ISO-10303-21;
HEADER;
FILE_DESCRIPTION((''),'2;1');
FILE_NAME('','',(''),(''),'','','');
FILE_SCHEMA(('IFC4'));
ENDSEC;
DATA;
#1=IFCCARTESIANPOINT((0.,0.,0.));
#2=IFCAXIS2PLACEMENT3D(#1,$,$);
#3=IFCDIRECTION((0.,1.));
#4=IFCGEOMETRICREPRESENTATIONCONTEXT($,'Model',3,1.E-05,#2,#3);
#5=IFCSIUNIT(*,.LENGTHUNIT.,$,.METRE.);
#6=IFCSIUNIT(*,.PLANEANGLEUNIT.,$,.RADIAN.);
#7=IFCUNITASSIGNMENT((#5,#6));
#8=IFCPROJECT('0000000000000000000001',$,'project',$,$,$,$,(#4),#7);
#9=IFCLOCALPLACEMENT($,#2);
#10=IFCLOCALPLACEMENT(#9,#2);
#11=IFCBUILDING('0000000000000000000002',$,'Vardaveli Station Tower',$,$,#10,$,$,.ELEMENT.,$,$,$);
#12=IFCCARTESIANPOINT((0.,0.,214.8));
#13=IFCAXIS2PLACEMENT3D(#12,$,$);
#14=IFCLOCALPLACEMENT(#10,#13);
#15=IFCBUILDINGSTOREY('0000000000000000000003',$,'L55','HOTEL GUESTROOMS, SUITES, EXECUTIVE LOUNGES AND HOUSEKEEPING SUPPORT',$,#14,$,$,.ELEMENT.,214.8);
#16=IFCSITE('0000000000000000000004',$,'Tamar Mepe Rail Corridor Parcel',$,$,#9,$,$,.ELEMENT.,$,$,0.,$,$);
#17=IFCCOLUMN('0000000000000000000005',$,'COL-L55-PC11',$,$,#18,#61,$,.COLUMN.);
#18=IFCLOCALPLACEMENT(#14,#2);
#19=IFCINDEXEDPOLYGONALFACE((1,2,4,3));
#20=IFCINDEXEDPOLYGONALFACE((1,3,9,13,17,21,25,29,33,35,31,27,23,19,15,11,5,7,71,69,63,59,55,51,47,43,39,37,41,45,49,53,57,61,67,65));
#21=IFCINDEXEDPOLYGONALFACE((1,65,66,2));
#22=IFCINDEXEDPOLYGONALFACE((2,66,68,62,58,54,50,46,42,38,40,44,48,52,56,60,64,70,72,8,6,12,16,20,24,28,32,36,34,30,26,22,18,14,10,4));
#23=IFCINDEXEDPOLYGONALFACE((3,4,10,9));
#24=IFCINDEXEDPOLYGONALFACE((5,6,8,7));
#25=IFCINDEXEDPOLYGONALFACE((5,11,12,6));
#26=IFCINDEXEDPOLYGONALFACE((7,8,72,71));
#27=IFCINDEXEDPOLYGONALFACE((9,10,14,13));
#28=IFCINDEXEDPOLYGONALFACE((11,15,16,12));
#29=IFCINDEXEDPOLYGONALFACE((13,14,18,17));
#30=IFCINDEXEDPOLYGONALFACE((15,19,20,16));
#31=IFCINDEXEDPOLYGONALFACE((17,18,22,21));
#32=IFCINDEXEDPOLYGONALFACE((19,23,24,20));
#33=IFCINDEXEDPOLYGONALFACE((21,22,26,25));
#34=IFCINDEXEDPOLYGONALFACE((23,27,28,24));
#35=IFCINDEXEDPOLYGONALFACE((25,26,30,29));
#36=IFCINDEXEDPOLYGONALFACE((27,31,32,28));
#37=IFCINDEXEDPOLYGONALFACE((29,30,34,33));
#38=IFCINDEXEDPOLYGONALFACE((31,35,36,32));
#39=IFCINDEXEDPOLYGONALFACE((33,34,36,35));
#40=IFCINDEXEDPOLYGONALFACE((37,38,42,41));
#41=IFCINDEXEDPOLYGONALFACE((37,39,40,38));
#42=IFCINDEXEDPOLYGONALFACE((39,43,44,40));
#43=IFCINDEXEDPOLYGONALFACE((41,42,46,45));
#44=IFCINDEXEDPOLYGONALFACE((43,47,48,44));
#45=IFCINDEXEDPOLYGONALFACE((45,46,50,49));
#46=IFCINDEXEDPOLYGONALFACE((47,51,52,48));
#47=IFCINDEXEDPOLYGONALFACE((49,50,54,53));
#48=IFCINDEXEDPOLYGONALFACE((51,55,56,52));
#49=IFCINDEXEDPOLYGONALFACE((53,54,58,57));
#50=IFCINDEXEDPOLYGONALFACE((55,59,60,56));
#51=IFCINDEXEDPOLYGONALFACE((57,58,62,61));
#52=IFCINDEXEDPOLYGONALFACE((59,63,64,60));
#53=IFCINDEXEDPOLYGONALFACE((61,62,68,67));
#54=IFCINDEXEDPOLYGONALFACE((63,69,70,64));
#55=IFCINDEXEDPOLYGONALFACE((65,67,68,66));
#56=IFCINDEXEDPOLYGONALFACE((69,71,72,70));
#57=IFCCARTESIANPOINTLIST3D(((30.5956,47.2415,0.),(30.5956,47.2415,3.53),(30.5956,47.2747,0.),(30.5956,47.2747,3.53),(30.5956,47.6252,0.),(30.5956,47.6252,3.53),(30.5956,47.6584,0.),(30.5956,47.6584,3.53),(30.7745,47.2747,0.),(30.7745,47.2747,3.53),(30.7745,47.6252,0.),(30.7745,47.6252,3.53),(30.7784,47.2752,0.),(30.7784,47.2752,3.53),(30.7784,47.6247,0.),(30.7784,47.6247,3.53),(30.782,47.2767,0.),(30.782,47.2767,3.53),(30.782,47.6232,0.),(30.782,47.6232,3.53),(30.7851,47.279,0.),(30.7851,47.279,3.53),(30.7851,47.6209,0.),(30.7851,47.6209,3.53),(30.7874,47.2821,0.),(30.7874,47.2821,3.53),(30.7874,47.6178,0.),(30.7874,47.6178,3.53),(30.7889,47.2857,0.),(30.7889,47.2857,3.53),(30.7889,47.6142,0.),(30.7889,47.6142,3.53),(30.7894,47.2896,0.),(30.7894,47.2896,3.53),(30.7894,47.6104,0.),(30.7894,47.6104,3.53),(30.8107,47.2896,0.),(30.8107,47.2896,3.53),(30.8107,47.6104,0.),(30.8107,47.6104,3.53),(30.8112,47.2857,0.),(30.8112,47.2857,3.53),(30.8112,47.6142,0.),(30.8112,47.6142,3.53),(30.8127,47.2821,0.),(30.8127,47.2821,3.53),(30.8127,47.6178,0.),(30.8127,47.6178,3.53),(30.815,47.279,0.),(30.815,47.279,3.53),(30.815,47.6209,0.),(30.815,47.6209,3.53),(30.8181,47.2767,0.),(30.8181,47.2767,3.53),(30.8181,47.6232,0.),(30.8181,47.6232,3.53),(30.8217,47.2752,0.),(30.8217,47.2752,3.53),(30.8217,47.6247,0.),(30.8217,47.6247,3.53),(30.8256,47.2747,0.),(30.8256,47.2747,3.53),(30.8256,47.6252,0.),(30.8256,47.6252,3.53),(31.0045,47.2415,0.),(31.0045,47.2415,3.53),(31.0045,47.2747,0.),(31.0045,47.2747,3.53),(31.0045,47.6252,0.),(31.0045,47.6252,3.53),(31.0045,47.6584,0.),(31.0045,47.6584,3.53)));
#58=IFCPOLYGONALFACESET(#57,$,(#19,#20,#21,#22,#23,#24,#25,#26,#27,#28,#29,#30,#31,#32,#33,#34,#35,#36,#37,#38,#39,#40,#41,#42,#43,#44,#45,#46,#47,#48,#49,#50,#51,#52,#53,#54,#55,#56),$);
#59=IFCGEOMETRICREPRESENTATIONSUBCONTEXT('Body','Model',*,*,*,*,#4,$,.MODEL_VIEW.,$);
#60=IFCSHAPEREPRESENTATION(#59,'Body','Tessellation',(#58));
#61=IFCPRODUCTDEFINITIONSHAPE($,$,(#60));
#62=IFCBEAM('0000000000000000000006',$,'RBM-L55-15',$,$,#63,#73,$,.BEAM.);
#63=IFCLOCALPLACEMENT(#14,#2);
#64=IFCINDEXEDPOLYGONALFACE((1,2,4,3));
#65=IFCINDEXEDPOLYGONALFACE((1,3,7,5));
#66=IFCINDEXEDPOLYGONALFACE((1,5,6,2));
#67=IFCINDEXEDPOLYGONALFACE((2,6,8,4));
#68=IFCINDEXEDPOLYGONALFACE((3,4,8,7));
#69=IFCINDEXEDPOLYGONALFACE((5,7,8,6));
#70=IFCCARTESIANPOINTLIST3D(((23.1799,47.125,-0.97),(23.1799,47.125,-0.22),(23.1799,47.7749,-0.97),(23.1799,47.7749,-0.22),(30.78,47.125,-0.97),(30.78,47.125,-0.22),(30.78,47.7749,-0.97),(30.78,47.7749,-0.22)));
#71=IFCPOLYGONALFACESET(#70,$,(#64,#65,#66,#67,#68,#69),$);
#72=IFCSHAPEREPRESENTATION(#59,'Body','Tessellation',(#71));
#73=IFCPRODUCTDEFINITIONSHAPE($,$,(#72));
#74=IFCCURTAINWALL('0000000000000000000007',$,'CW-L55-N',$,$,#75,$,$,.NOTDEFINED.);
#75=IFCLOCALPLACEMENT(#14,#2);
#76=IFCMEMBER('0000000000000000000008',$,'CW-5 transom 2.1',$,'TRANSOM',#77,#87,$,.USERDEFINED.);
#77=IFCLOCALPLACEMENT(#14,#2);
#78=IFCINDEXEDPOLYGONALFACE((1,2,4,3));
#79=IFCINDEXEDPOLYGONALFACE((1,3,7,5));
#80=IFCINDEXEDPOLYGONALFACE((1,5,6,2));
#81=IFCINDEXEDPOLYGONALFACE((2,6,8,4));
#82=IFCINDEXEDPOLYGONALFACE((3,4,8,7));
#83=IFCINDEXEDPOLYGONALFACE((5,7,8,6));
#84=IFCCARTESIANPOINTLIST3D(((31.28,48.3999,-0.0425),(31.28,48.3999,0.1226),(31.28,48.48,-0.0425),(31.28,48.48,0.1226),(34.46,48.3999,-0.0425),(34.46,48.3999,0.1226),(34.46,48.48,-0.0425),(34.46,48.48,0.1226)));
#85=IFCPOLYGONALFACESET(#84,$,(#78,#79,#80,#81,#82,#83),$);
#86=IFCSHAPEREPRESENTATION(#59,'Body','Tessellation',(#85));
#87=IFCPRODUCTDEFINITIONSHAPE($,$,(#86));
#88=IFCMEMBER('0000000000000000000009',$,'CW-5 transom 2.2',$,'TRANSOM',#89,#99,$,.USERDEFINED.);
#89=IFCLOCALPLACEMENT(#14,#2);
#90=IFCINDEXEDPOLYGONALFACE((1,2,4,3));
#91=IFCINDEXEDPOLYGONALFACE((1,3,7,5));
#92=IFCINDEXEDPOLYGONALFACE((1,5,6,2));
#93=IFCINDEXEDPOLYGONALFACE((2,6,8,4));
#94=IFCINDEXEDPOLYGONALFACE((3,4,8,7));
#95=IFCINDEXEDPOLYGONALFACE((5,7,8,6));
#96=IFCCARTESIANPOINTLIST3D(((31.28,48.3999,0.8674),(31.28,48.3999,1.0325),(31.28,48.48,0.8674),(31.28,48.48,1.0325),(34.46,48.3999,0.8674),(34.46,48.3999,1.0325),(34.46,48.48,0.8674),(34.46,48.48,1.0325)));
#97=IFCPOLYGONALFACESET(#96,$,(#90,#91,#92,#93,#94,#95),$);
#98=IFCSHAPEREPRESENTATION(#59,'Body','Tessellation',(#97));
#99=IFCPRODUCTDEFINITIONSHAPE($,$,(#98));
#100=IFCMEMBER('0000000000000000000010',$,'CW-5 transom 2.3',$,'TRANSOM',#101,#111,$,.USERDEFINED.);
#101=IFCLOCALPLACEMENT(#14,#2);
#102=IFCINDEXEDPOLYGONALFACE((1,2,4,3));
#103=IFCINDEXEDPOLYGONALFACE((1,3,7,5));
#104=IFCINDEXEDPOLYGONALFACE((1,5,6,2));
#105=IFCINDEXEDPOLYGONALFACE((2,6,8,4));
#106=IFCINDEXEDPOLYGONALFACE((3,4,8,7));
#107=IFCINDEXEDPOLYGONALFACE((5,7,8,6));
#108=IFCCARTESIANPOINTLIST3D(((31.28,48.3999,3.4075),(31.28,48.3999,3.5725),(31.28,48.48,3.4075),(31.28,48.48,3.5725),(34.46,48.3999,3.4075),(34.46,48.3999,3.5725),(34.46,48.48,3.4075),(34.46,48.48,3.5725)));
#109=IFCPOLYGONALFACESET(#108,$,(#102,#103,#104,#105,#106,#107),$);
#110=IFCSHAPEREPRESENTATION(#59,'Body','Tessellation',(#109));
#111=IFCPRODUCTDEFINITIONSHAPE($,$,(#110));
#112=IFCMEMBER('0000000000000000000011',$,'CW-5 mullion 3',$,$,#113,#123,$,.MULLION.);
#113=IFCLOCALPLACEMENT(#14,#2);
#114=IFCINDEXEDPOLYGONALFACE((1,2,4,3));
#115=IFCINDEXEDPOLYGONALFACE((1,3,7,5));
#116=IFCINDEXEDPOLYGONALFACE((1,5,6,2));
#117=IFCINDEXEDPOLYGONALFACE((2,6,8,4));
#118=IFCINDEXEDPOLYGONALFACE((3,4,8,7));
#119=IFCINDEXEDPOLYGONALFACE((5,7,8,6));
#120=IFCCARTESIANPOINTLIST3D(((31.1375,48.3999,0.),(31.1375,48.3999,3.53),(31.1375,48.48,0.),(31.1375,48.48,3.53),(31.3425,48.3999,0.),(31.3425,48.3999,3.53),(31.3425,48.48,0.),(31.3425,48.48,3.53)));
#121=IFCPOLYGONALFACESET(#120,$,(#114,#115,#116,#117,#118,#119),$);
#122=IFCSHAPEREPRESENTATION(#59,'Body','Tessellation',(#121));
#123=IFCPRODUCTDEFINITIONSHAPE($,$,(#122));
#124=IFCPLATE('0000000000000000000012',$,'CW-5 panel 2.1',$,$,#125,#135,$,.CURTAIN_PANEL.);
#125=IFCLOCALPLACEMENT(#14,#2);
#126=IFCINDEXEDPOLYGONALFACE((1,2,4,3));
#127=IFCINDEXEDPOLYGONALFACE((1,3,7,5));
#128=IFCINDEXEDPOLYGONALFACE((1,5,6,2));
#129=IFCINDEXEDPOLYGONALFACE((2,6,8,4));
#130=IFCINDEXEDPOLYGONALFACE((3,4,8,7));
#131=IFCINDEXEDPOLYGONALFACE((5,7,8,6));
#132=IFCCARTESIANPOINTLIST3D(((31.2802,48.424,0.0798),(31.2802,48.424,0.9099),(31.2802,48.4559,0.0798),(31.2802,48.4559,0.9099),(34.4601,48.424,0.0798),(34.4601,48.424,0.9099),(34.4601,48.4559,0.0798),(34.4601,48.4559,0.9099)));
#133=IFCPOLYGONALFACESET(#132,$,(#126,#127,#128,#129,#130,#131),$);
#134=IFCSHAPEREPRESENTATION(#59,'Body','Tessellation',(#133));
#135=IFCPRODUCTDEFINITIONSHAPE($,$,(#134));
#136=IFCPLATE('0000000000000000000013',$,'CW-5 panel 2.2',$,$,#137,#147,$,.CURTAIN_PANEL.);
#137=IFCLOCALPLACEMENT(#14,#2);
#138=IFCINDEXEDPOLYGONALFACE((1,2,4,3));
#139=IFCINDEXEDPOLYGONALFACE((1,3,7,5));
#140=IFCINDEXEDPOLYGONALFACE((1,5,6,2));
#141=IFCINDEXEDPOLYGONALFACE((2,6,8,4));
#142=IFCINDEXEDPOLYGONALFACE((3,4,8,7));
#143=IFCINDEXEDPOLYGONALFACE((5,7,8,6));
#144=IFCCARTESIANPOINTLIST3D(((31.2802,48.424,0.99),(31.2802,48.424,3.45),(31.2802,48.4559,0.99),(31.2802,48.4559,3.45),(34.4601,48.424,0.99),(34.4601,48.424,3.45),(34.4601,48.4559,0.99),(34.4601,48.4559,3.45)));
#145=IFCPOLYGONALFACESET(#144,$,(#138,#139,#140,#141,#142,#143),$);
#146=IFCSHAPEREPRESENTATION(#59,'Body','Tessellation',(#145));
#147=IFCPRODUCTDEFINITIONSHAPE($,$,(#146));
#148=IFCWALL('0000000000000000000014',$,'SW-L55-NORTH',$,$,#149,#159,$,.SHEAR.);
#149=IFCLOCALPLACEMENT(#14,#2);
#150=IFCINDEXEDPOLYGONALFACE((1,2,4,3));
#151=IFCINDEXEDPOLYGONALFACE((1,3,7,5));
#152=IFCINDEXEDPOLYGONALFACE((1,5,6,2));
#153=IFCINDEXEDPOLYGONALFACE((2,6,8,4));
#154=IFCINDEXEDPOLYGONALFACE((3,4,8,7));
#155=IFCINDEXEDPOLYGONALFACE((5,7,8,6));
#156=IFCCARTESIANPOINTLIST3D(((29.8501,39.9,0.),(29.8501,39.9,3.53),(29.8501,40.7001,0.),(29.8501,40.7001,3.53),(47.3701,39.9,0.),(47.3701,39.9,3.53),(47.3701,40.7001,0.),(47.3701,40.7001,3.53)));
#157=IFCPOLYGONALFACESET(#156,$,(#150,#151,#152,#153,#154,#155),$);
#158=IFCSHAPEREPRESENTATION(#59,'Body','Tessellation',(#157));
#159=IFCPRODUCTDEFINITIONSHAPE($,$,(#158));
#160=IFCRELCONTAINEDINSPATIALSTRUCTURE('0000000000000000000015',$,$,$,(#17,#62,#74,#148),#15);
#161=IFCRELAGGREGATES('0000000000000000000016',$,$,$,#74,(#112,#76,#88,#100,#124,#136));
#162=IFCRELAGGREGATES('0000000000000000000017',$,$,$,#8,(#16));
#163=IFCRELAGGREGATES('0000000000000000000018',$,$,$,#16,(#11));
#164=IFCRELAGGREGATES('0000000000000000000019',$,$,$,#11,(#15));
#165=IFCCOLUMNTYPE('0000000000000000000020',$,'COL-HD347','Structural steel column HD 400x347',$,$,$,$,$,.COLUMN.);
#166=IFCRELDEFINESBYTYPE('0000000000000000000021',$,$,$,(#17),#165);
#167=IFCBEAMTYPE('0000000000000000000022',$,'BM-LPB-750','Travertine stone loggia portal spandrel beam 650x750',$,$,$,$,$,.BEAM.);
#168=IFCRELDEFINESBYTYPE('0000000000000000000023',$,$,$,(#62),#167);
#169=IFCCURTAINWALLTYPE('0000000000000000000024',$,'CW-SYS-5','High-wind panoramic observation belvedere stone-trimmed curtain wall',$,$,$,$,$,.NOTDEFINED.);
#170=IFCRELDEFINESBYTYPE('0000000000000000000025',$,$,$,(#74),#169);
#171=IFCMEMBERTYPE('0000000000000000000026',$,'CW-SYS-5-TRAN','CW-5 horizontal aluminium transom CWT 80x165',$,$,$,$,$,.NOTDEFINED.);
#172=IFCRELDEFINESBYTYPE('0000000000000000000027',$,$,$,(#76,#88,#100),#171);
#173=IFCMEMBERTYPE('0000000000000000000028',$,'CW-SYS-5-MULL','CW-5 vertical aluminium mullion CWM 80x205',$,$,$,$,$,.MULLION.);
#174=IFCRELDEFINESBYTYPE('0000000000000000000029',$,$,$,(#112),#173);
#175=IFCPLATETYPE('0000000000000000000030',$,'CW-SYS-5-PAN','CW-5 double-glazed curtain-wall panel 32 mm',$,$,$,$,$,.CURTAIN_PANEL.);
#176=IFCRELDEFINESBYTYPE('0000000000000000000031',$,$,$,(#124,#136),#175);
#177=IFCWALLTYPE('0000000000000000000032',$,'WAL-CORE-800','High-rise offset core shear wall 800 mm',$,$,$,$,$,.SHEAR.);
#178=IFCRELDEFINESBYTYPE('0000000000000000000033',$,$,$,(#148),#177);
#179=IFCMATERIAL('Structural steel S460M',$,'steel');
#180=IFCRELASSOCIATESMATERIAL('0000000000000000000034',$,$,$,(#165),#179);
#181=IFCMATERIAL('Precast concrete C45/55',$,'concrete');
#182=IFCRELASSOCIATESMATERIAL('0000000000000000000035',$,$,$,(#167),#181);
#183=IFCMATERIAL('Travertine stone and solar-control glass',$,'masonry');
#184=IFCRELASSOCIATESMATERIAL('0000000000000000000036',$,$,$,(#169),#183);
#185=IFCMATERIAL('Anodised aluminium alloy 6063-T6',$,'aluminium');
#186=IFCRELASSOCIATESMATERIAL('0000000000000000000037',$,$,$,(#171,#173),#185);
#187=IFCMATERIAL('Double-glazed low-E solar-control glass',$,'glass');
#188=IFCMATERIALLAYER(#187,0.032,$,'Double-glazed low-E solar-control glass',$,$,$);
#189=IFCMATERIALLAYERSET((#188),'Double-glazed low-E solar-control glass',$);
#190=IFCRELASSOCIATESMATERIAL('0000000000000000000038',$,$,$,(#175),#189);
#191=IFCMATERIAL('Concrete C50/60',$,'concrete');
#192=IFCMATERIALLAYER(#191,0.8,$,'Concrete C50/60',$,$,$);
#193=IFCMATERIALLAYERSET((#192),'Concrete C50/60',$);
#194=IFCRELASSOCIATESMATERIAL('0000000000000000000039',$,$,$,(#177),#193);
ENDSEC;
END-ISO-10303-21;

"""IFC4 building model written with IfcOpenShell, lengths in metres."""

from ifc_helpers import new_model, si_unit, direction, frame, frame_2d, origin, origin_2d, place, context, subcontext, project, spatial, rectangle, i_section, extrude, source, transform, mapped, material, layer, layer_set, material_profile, profile_set, type_object, element, aggregate, save


model = new_model("IFC4")

# Units and contexts
model_context = context("Model", 3, precision=1e-05, world=origin(), true_north=direction((0.0, 1.0)))
body_context = subcontext(model_context, "Body", "Model", "MODEL_VIEW")
ifc_project = project(units=[si_unit("LENGTHUNIT", "METRE"), si_unit("PLANEANGLEUNIT", "RADIAN")], contexts=[model_context])

# Site, building, storey
site_placement = place(None, origin())
site = spatial("IfcSite", under=ifc_project, at=site_placement, Name="Tamar Mepe Rail Corridor Parcel", CompositionType="ELEMENT", RefElevation=0.0)
building_placement = place(site_placement, origin())
building = spatial("IfcBuilding", under=site, at=building_placement, Name="Vardaveli Station Tower", CompositionType="ELEMENT")
storey_placement = place(building_placement, frame((0.0, 0.0, 214.8)))
storey = spatial("IfcBuildingStorey", under=building, at=storey_placement, Name="L55", Description="HOTEL GUESTROOMS, SUITES, EXECUTIVE LOUNGES AND HOUSEKEEPING SUPPORT", CompositionType="ELEMENT", Elevation=214.8)

# Column
ifc_material_1 = material(Name="Structural steel S460M", Category="steel")
ifc_material_profile_1 = material_profile(ifc_material_1, i_section(OverallWidth=0.4089, OverallDepth=0.417, WebThickness=0.0212, FlangeThickness=0.0332, FilletRadius=0.0149, at=origin_2d()), Name="HD 400x347")
ifc_profile_set_1 = profile_set([ifc_material_profile_1], Name="Structural steel S460M")
column_type = type_object("IfcColumnType", Name="COL-HD347", Description="Structural steel column HD 400x347", PredefinedType="COLUMN", material=ifc_profile_set_1)
shared_shape_1 = source(origin(), body_context, "Body", "SweptSolid", [
    extrude(i_section(OverallWidth=0.4089, OverallDepth=0.417, WebThickness=0.0212, FlangeThickness=0.0332, FilletRadius=0.0149, at=origin_2d()), origin(), (0.0, 0.0, 1.0), 3.53),
])
column_placement = place(storey_placement, frame((30.8, 47.45, 0.0), z_axis=(0.0, 0.0, 1.0), x_axis=(1.0, 0.0, 0.0)))
element("IfcColumn", 1, at=column_placement, inside=storey, type_object=column_type, Name="COL-L55-PC11", PredefinedType="COLUMN", context=body_context, shape_type="MappedRepresentation", body=[
    mapped(shared_shape_1, transform((0.0, 0.0, 0.0), scale=1.0)),
])

# Beam
ifc_material_2 = material(Name="Precast concrete C45/55", Category="concrete")
ifc_material_profile_2 = material_profile(ifc_material_2, rectangle(XDim=0.6499, YDim=0.75, at=origin_2d()), Name="LPB 650x750")
ifc_profile_set_2 = profile_set([ifc_material_profile_2], Name="Precast concrete C45/55")
beam_type = type_object("IfcBeamType", Name="BM-LPB-750", Description="Travertine stone loggia portal spandrel beam 650x750", PredefinedType="BEAM", material=ifc_profile_set_2)
shared_shape_2 = source(origin(), body_context, "Body", "SweptSolid", [
    extrude(rectangle(XDim=0.6499, YDim=0.75, at=origin_2d()), origin(), (0.0, 0.0, 1.0), 7.6001),
])
beam_placement = place(storey_placement, frame((30.78, 47.45, -0.595), z_axis=(-1.0, 0.0, 0.0), x_axis=(0.0, -1.0, 0.0)))
element("IfcBeam", 2, at=beam_placement, inside=storey, type_object=beam_type, Name="RBM-L55-15", PredefinedType="BEAM", context=body_context, shape_type="MappedRepresentation", body=[
    mapped(shared_shape_2, transform((0.0, 0.0, 0.0), scale=1.0)),
])

# Curtain wall, members, plates
ifc_material_3 = material(Name="Travertine stone and solar-control glass", Category="masonry")
curtain_wall_type = type_object("IfcCurtainWallType", Name="CW-SYS-5", Description="High-wind panoramic observation belvedere stone-trimmed curtain wall", PredefinedType="NOTDEFINED", material=ifc_material_3)
curtain_wall_placement = place(storey_placement, origin())
curtain_wall = element("IfcCurtainWall", 3, at=curtain_wall_placement, inside=storey, type_object=curtain_wall_type, Name="CW-L55-N", PredefinedType="NOTDEFINED")
ifc_material_4 = material(Name="Anodised aluminium alloy 6063-T6", Category="aluminium")
ifc_material_profile_3 = material_profile(ifc_material_4, rectangle(XDim=0.0801, YDim=0.165, at=origin_2d()), Name="CWT 80x165")
ifc_profile_set_3 = profile_set([ifc_material_profile_3], Name="Anodised aluminium alloy 6063-T6")
member_type_1 = type_object("IfcMemberType", Name="CW-SYS-5-TRAN", Description="CW-5 horizontal aluminium transom CWT 80x165", PredefinedType="NOTDEFINED", material=ifc_profile_set_3)
shared_shape_3 = source(origin(), body_context, "Body", "SweptSolid", [
    extrude(rectangle(XDim=0.0801, YDim=0.165, at=origin_2d()), origin(), (0.0, 0.0, 1.0), 3.1799),
])
member_1_placement = place(storey_placement, frame((34.46, 48.4399, 0.04), z_axis=(-1.0, 0.0, 0.0), x_axis=(0.0, -1.0, 0.0)))
member_1 = element("IfcMember", 4, at=member_1_placement, type_object=member_type_1, Name="CW-5 transom 2.1", ObjectType="TRANSOM", PredefinedType="USERDEFINED", context=body_context, shape_type="MappedRepresentation", body=[
    mapped(shared_shape_3, transform((0.0, 0.0, 0.0), scale=1.0)),
])
member_2_placement = place(storey_placement, frame((34.46, 48.4399, 0.95), z_axis=(-1.0, 0.0, 0.0), x_axis=(0.0, -1.0, 0.0)))
member_2 = element("IfcMember", 5, at=member_2_placement, type_object=member_type_1, Name="CW-5 transom 2.2", ObjectType="TRANSOM", PredefinedType="USERDEFINED", context=body_context, shape_type="MappedRepresentation", body=[
    mapped(shared_shape_3, transform((0.0, 0.0, 0.0), scale=1.0)),
])
member_3_placement = place(storey_placement, frame((34.46, 48.4399, 3.49), z_axis=(-1.0, 0.0, 0.0), x_axis=(0.0, -1.0, 0.0)))
member_3 = element("IfcMember", 6, at=member_3_placement, type_object=member_type_1, Name="CW-5 transom 2.3", ObjectType="TRANSOM", PredefinedType="USERDEFINED", context=body_context, shape_type="MappedRepresentation", body=[
    mapped(shared_shape_3, transform((0.0, 0.0, 0.0), scale=1.0)),
])
ifc_material_profile_4 = material_profile(ifc_material_4, rectangle(XDim=0.0801, YDim=0.2051, at=origin_2d()), Name="CWM 80x205")
ifc_profile_set_4 = profile_set([ifc_material_profile_4], Name="Anodised aluminium alloy 6063-T6")
member_type_2 = type_object("IfcMemberType", Name="CW-SYS-5-MULL", Description="CW-5 vertical aluminium mullion CWM 80x205", PredefinedType="MULLION", material=ifc_profile_set_4)
shared_shape_4 = source(origin(), body_context, "Body", "SweptSolid", [
    extrude(rectangle(XDim=0.0801, YDim=0.2051, at=origin_2d()), origin(), (0.0, 0.0, 1.0), 3.53),
])
member_4_placement = place(storey_placement, frame((31.24, 48.4399, 0.0), z_axis=(0.0, 0.0, 1.0), x_axis=(0.0, -1.0, 0.0)))
member_4 = element("IfcMember", 7, at=member_4_placement, type_object=member_type_2, Name="CW-5 mullion 3", PredefinedType="MULLION", context=body_context, shape_type="MappedRepresentation", body=[
    mapped(shared_shape_4, transform((0.0, 0.0, 0.0), scale=1.0)),
])
ifc_material_5 = material(Name="Double-glazed low-E solar-control glass", Category="glass")
ifc_layer_1 = layer(ifc_material_5, 0.032, Name="Double-glazed low-E solar-control glass")
ifc_layer_set_1 = layer_set([ifc_layer_1], Name="Double-glazed low-E solar-control glass")
plate_type = type_object("IfcPlateType", Name="CW-SYS-5-PAN", Description="CW-5 double-glazed curtain-wall panel 32 mm", PredefinedType="CURTAIN_PANEL", material=ifc_layer_set_1)
shared_shape_5 = source(origin(), body_context, "Body", "SweptSolid", [
    extrude(rectangle(XDim=3.1799, YDim=0.032, at=origin_2d()), origin(), (0.0, 0.0, 1.0), 0.8301),
])
plate_1_placement = place(storey_placement, frame((32.8701, 48.4399, 0.0798), z_axis=(0.0, 0.0, 1.0), x_axis=(-1.0, 0.0, 0.0)))
plate_1 = element("IfcPlate", 8, at=plate_1_placement, type_object=plate_type, Name="CW-5 panel 2.1", PredefinedType="CURTAIN_PANEL", context=body_context, shape_type="MappedRepresentation", body=[
    mapped(shared_shape_5, transform((0.0, 0.0, 0.0), scale=1.0)),
])
shared_shape_6 = source(origin(), body_context, "Body", "SweptSolid", [
    extrude(rectangle(XDim=3.1799, YDim=0.032, at=origin_2d()), origin(), (0.0, 0.0, 1.0), 2.46),
])
plate_2_placement = place(storey_placement, frame((32.8701, 48.4399, 0.99), z_axis=(0.0, 0.0, 1.0), x_axis=(-1.0, 0.0, 0.0)))
plate_2 = element("IfcPlate", 9, at=plate_2_placement, type_object=plate_type, Name="CW-5 panel 2.2", PredefinedType="CURTAIN_PANEL", context=body_context, shape_type="MappedRepresentation", body=[
    mapped(shared_shape_6, transform((0.0, 0.0, 0.0), scale=1.0)),
])
aggregate(curtain_wall, [member_4, member_1, member_2, member_3, plate_1, plate_2])

# Wall
ifc_material_6 = material(Name="Concrete C50/60", Category="concrete")
ifc_layer_2 = layer(ifc_material_6, 0.8, Name="Concrete C50/60")
ifc_layer_set_2 = layer_set([ifc_layer_2], Name="Concrete C50/60")
wall_type_1 = type_object("IfcWallType", Name="WAL-CORE-800", Description="High-rise offset core shear wall 800 mm", PredefinedType="SHEAR", material=ifc_layer_set_2)
shared_shape_7 = source(origin(), body_context, "Body", "SweptSolid", [
    extrude(rectangle(XDim=17.52, YDim=0.8, at=frame_2d((8.76, 0.0))), origin(), (0.0, 0.0, 1.0), 3.53),
])
wall_1_placement = place(storey_placement, frame((29.8501, 40.3, 0.0), z_axis=(0.0, 0.0, 1.0), x_axis=(1.0, 0.0, 0.0)))
element("IfcWall", 10, at=wall_1_placement, inside=storey, type_object=wall_type_1, Name="SW-L55-NORTH", PredefinedType="SHEAR", context=body_context, shape_type="MappedRepresentation", body=[
    mapped(shared_shape_7, transform((0.0, 0.0, 0.0), scale=1.0)),
])

save(model, "model.ifc")
